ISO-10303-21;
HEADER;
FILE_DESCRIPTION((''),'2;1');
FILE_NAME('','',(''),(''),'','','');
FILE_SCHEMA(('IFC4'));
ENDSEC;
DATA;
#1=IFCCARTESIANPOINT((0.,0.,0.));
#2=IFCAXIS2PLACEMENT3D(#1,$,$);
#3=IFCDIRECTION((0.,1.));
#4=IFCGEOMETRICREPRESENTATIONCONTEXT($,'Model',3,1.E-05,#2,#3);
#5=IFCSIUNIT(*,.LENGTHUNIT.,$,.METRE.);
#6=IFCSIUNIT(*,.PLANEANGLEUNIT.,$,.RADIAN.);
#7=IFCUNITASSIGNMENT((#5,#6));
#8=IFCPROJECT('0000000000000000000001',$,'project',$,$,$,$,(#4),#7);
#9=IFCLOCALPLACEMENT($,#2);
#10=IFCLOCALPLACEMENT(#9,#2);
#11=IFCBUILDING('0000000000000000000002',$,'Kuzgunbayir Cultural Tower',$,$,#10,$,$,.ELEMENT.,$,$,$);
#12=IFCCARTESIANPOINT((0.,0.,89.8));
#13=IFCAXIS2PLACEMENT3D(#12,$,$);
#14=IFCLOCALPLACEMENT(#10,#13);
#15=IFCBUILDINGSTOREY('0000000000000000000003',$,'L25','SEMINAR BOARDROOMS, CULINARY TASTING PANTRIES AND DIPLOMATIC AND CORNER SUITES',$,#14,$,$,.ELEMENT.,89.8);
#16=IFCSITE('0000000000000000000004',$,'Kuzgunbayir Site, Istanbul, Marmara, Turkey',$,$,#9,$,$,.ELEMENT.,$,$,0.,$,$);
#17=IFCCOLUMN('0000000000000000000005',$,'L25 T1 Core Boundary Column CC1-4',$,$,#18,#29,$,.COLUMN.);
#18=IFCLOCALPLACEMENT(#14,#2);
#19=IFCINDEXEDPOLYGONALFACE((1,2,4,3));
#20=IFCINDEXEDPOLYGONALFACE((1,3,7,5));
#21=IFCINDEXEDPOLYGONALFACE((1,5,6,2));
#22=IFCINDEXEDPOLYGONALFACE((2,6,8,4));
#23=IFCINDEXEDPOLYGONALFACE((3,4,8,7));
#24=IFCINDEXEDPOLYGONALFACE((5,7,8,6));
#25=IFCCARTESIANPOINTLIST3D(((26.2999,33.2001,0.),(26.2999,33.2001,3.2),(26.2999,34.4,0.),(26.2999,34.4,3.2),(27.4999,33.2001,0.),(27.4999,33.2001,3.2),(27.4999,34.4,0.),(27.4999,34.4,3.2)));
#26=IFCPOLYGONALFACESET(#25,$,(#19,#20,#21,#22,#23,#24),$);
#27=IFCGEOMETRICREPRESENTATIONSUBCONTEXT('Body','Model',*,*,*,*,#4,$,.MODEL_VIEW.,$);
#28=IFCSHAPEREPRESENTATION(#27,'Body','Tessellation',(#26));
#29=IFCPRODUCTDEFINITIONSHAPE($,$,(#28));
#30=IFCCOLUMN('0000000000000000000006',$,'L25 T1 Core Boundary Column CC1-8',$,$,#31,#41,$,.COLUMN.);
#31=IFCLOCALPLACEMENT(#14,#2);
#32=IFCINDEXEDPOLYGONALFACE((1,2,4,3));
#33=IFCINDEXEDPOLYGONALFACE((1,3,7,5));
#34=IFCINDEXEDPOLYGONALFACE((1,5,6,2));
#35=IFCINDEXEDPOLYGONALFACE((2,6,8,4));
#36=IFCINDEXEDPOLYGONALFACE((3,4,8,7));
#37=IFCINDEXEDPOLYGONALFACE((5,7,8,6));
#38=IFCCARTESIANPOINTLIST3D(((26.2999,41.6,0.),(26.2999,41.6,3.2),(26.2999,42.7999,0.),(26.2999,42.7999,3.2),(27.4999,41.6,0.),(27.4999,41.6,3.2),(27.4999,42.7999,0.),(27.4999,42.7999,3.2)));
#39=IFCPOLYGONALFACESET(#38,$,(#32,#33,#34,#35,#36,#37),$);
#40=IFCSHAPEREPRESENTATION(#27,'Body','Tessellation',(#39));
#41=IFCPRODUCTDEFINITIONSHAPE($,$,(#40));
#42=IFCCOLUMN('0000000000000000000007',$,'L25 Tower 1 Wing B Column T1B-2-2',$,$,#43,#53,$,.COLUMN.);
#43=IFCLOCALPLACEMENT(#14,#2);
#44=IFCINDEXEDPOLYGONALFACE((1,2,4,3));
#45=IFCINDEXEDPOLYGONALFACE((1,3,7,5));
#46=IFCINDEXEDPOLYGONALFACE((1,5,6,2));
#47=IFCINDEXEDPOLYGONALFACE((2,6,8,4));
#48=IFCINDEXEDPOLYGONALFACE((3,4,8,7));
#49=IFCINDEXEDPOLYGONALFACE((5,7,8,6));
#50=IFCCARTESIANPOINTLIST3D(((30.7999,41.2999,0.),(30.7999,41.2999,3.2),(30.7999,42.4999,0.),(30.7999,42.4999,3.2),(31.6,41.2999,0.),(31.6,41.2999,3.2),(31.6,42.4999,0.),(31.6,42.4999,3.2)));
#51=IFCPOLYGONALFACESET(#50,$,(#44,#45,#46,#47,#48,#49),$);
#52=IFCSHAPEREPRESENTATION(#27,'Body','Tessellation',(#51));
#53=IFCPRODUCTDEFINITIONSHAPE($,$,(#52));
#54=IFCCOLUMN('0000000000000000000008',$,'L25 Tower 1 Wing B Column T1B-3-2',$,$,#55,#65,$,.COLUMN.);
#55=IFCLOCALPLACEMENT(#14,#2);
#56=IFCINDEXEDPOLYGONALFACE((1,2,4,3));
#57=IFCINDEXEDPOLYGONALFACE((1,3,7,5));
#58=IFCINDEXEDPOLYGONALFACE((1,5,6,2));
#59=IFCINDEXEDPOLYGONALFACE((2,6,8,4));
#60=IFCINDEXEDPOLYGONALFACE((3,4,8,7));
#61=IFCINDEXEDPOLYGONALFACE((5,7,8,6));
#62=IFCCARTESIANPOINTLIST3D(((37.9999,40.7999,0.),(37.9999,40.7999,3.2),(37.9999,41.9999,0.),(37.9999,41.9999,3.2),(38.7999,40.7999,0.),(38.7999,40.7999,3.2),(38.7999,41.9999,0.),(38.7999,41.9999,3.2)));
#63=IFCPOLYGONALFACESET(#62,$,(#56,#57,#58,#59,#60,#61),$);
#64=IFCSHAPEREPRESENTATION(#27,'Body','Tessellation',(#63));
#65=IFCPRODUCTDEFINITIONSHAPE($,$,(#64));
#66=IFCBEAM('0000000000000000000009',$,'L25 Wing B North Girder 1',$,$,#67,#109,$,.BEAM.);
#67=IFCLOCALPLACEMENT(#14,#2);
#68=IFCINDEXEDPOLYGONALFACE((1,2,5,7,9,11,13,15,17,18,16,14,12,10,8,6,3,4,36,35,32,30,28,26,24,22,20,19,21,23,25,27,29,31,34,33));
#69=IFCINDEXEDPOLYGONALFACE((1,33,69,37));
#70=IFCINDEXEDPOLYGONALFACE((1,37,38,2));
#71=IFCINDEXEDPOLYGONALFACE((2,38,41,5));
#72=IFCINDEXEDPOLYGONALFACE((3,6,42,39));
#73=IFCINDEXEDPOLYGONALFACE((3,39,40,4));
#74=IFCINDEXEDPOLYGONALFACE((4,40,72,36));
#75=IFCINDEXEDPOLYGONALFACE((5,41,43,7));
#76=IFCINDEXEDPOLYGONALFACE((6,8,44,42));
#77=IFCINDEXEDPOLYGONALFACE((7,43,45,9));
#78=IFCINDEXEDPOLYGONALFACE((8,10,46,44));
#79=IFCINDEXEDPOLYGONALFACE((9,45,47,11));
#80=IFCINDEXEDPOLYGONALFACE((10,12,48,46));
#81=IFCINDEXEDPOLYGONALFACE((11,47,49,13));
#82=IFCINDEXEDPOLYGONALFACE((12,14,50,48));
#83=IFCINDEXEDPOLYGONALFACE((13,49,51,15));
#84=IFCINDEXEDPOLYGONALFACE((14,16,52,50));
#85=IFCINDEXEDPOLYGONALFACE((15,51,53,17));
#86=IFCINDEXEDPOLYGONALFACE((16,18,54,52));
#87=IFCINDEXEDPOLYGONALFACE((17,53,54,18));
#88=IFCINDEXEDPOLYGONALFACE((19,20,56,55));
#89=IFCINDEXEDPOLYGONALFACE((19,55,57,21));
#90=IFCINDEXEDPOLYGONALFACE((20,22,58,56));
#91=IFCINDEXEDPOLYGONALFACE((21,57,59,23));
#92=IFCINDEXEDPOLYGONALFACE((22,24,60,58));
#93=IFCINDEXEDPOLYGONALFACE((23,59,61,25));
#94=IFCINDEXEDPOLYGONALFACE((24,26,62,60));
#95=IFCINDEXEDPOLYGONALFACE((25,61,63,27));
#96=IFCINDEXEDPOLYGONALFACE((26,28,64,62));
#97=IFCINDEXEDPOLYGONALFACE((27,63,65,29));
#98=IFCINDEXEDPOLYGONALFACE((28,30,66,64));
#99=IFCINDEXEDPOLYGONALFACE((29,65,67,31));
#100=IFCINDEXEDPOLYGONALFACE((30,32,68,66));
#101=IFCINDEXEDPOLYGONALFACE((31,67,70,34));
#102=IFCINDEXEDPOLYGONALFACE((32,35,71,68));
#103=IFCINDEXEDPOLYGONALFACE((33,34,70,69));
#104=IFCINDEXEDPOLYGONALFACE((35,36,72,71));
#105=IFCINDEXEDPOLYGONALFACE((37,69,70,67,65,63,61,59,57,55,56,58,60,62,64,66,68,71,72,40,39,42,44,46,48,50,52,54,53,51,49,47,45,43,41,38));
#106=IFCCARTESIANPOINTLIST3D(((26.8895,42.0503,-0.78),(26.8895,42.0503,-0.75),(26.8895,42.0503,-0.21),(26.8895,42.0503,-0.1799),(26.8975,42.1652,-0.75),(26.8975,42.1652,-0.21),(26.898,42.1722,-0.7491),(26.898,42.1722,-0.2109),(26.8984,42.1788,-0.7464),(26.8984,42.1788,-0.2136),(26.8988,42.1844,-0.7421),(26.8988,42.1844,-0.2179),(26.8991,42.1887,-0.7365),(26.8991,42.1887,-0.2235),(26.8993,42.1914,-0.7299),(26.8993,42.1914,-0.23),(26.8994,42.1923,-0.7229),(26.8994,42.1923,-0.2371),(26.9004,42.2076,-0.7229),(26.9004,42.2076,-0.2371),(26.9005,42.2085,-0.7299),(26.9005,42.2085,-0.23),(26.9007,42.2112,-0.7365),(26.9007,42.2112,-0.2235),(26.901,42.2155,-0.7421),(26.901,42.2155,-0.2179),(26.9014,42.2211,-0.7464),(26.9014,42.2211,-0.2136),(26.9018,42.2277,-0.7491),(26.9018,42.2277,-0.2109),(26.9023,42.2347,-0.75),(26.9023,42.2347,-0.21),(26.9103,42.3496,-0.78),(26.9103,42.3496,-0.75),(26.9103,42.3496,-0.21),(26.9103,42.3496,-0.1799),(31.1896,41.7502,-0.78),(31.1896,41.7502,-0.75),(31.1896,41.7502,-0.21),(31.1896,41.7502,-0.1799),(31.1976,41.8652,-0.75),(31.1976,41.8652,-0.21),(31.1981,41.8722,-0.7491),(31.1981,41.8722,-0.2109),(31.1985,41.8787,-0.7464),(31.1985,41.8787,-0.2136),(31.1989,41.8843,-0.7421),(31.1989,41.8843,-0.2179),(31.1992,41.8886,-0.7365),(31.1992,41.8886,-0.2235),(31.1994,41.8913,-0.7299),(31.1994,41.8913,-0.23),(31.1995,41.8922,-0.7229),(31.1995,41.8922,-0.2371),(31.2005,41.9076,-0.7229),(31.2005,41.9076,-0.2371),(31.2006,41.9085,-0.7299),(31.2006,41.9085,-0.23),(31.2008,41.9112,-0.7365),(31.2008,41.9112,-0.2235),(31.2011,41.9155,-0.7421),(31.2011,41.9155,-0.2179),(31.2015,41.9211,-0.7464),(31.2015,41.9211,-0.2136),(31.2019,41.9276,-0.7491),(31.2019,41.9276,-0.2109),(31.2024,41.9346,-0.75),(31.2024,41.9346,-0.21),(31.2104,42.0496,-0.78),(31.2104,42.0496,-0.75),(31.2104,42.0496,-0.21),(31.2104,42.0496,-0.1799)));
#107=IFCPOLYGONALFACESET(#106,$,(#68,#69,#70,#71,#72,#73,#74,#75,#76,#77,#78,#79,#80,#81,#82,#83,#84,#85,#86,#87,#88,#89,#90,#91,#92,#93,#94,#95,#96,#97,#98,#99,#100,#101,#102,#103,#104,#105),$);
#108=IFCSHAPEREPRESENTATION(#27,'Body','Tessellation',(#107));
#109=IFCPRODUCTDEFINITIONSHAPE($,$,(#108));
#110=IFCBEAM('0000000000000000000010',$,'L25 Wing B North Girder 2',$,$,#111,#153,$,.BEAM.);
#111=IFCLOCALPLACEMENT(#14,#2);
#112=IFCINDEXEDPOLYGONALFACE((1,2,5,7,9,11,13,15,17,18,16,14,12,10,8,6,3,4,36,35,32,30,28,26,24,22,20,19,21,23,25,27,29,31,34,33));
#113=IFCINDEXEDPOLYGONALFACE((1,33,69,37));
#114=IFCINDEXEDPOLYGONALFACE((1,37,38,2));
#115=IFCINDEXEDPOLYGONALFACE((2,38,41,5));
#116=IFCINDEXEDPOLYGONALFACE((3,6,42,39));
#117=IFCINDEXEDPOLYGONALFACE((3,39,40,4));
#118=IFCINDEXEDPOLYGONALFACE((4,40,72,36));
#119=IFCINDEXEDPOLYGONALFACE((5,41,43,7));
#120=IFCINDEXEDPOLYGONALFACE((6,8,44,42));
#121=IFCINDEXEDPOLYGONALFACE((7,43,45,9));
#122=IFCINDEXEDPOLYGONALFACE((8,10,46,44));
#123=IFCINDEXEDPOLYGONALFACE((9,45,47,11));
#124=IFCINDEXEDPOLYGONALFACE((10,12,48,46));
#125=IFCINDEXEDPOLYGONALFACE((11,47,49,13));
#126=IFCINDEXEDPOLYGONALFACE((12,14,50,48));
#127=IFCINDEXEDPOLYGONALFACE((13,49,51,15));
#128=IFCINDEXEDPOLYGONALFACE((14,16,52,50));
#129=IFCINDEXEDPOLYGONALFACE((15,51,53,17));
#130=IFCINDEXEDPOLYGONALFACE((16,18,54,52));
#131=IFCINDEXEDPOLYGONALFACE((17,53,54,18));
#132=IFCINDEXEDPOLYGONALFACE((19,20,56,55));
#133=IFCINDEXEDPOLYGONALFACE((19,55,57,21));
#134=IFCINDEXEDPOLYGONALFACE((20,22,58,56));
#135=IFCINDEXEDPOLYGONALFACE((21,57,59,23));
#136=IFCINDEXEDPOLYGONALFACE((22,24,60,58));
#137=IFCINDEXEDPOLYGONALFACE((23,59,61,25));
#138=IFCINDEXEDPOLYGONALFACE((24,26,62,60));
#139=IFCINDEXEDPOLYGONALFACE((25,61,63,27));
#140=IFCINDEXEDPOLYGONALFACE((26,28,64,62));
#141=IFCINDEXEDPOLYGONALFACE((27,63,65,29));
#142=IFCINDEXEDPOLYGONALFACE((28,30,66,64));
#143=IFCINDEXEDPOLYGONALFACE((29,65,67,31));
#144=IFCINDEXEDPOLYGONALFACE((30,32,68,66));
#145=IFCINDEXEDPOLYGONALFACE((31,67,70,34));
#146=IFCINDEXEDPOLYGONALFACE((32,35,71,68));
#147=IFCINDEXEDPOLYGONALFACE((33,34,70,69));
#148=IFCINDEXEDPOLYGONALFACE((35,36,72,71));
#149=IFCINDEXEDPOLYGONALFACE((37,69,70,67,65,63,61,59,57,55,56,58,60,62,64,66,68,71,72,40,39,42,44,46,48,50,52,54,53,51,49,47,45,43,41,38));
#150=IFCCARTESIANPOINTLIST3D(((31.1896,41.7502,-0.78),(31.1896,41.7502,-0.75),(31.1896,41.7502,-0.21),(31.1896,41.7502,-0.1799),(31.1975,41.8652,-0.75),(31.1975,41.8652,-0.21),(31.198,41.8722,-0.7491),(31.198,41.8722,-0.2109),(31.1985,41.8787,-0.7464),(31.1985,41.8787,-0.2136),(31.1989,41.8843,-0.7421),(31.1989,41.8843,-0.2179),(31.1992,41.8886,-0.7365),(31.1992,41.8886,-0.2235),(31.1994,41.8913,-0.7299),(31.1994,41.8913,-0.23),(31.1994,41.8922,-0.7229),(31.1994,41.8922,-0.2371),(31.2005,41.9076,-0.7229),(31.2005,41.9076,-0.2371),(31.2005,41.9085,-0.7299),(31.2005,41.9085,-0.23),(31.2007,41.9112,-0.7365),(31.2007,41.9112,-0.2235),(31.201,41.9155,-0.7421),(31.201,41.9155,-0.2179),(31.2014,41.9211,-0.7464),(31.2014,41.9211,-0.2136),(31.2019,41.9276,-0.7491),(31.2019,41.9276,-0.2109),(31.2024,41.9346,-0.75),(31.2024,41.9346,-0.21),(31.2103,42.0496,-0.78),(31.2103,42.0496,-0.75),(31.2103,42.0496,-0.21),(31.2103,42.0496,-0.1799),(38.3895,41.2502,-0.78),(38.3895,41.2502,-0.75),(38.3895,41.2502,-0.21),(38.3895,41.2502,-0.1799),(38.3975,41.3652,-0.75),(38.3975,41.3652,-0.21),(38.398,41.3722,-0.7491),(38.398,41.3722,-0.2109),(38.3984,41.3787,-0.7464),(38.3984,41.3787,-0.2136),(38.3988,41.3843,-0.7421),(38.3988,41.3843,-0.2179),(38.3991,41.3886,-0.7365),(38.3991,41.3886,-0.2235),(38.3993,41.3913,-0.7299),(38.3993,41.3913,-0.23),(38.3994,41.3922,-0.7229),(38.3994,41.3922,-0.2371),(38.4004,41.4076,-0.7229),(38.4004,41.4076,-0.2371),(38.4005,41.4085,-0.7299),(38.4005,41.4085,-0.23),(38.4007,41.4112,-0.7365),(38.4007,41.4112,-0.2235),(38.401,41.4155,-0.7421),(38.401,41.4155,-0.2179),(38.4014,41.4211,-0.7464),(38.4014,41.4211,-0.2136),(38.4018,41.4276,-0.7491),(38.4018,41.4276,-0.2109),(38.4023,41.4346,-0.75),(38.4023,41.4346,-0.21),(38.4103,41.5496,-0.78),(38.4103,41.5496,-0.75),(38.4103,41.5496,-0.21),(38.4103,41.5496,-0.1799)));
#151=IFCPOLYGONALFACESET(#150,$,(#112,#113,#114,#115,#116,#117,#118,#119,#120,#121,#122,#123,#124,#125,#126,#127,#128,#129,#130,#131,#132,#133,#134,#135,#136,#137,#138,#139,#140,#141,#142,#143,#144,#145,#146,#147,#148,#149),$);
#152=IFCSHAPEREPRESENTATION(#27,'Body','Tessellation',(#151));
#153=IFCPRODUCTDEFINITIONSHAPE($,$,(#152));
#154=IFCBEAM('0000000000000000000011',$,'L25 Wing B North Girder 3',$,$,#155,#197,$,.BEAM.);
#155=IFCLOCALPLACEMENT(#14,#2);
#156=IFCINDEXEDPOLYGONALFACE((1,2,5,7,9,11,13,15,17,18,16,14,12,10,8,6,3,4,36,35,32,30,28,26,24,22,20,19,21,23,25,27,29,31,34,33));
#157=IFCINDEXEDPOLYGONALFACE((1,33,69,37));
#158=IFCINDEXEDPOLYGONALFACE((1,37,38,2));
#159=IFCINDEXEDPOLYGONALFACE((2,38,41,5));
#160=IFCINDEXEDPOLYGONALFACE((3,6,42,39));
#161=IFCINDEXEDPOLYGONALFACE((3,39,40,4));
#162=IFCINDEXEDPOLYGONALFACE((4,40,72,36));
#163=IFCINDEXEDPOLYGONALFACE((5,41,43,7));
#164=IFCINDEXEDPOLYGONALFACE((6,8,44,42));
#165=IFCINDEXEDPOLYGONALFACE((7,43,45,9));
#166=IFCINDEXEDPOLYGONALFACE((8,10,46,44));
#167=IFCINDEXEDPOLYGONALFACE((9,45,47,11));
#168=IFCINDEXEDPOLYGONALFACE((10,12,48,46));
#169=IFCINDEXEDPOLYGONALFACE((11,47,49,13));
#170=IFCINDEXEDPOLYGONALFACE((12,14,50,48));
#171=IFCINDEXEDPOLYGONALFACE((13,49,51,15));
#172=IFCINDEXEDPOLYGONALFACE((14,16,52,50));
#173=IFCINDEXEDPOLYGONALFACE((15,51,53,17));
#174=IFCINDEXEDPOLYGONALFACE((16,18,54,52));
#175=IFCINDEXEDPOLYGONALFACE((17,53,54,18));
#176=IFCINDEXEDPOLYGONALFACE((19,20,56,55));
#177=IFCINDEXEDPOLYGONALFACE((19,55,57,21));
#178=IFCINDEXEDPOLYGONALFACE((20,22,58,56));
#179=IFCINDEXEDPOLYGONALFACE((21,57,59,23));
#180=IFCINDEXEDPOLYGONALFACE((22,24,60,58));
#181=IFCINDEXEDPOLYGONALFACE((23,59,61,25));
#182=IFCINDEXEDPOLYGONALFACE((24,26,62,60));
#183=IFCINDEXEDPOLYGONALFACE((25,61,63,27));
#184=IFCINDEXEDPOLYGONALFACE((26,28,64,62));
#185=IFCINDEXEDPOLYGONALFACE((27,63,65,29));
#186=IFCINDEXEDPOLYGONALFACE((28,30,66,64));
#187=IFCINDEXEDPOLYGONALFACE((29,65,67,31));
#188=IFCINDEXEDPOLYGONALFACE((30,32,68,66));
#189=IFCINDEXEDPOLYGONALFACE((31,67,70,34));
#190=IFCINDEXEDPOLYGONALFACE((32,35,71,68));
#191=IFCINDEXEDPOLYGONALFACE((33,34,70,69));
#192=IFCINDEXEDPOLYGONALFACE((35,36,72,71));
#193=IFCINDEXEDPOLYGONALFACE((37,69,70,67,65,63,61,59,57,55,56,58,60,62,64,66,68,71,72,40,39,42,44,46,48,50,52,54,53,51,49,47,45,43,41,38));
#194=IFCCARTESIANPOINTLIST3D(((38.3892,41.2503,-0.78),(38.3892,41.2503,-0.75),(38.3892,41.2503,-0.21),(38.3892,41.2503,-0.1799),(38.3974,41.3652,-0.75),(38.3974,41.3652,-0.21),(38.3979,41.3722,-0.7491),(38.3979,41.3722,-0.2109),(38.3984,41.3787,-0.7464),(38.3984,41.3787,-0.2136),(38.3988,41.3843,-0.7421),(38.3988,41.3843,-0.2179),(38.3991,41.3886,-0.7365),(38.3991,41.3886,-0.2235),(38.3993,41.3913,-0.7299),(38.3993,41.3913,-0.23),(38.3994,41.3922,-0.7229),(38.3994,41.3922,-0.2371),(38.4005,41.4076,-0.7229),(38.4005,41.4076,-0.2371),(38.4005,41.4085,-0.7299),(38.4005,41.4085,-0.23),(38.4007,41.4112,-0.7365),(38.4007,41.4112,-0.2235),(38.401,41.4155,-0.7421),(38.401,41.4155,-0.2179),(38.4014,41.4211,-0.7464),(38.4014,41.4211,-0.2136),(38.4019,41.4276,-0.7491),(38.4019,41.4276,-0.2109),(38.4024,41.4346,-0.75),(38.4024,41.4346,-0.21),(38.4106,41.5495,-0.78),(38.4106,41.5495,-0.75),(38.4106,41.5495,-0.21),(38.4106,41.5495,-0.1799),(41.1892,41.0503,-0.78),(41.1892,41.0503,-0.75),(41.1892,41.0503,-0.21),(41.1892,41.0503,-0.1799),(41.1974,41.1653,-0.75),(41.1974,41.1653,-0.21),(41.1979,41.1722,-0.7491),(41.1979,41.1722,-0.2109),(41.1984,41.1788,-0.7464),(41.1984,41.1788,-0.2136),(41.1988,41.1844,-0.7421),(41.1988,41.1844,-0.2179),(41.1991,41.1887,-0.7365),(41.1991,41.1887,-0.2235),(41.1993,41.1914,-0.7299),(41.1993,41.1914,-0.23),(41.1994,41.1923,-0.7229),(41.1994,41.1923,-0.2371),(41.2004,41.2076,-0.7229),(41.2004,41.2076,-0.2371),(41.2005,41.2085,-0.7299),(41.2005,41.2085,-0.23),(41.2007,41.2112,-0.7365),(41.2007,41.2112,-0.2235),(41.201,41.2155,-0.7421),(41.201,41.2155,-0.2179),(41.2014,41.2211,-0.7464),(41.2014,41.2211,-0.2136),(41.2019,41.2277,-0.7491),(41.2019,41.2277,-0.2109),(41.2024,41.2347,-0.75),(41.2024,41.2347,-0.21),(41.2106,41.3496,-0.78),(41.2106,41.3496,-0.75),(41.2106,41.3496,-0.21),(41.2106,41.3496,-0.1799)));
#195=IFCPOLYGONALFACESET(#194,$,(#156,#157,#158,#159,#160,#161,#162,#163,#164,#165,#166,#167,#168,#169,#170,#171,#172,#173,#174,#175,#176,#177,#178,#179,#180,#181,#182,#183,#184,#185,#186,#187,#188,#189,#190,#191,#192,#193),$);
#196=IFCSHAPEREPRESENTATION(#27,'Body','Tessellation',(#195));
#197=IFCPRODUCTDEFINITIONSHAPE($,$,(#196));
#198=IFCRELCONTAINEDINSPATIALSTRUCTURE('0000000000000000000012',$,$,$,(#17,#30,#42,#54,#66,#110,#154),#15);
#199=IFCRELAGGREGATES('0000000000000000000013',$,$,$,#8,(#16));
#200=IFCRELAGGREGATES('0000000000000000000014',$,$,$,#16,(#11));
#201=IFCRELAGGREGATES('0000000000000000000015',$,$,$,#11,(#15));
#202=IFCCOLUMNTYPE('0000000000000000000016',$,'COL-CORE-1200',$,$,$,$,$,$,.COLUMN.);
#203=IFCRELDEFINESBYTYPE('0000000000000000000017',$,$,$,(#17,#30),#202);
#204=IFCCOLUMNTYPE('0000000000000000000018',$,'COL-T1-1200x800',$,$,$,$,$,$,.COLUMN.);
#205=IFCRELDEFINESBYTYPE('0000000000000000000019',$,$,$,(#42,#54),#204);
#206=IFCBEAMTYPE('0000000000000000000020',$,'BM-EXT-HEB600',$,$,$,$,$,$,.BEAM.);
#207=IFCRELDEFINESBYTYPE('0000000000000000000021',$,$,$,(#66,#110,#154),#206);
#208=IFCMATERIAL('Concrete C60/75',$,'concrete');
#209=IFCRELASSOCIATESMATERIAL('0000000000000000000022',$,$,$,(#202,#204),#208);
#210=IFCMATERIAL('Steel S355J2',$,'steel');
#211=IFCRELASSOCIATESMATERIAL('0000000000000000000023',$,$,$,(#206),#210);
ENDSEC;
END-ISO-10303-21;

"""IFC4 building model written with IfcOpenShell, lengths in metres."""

from ifc_helpers import new_model, si_unit, direction, frame, origin, origin_2d, place, context, subcontext, project, spatial, rectangle, i_section, extrude, material, material_profile, profile_set, type_object, element, save


model = new_model("IFC4")

# Units and contexts
model_context = context("Model", 3, precision=1e-05, world=origin(), true_north=direction((0.0, 1.0)))
body_context = subcontext(model_context, "Body", "Model", "MODEL_VIEW")
ifc_project = project(units=[si_unit("LENGTHUNIT", "METRE"), si_unit("PLANEANGLEUNIT", "RADIAN")], contexts=[model_context])

# Site, building, storey
site_placement = place(None, origin())
site = spatial("IfcSite", under=ifc_project, at=site_placement, Name="Kuzgunbayir Site, Istanbul, Marmara, Turkey", CompositionType="ELEMENT", RefElevation=0.0)
building_placement = place(site_placement, origin())
building = spatial("IfcBuilding", under=site, at=building_placement, Name="Kuzgunbayir Cultural Tower", CompositionType="ELEMENT")
storey_placement = place(building_placement, frame((0.0, 0.0, 89.8)))
storey = spatial("IfcBuildingStorey", under=building, at=storey_placement, Name="L25", Description="SEMINAR BOARDROOMS, CULINARY TASTING PANTRIES AND DIPLOMATIC AND CORNER SUITES", CompositionType="ELEMENT", Elevation=89.8)

# Columns
ifc_material_1 = material(Name="Concrete C60/75", Category="concrete")
ifc_material_profile_1 = material_profile(ifc_material_1, rectangle(XDim=1.2, YDim=1.2, at=origin_2d()), Name="RC 1200x1200")
ifc_profile_set_1 = profile_set([ifc_material_profile_1], Name="Concrete C60/75")
column_type_1 = type_object("IfcColumnType", Name="COL-CORE-1200", PredefinedType="COLUMN", material=ifc_profile_set_1)
for number, where, z_axis, x_axis, name in (
    (1, (26.8999, 33.8, 0.0), (0.0, 0.0, 1.0), (1.0, 0.0, 0.0), "L25 T1 Core Boundary Column CC1-4"),
    (2, (26.8999, 42.2, 0.0), (0.0, 0.0, 1.0), (1.0, 0.0, 0.0), "L25 T1 Core Boundary Column CC1-8"),
):
    element("IfcColumn", number, at=place(storey_placement, frame(where, z_axis=z_axis, x_axis=x_axis)), inside=storey, type_object=column_type_1, Name=name, PredefinedType="COLUMN", context=body_context, shape_type="SweptSolid", body=[
        extrude(rectangle(XDim=1.2, YDim=1.2, at=origin_2d()), origin(), (0.0, 0.0, 1.0), 3.2),
    ])
ifc_material_profile_2 = material_profile(ifc_material_1, rectangle(XDim=0.8, YDim=1.2, at=origin_2d()), Name="RC 1200x800")
ifc_profile_set_2 = profile_set([ifc_material_profile_2], Name="Concrete C60/75")
column_type_2 = type_object("IfcColumnType", Name="COL-T1-1200x800", PredefinedType="COLUMN", material=ifc_profile_set_2)
for number, where, z_axis, x_axis, name in (
    (3, (31.2, 41.8999, 0.0), (0.0, 0.0, 1.0), (1.0, 0.0, 0.0), "L25 Tower 1 Wing B Column T1B-2-2"),
    (4, (38.3999, 41.3999, 0.0), (0.0, 0.0, 1.0), (1.0, 0.0, 0.0), "L25 Tower 1 Wing B Column T1B-3-2"),
):
    element("IfcColumn", number, at=place(storey_placement, frame(where, z_axis=z_axis, x_axis=x_axis)), inside=storey, type_object=column_type_2, Name=name, PredefinedType="COLUMN", context=body_context, shape_type="SweptSolid", body=[
        extrude(rectangle(XDim=0.8, YDim=1.2, at=origin_2d()), origin(), (0.0, 0.0, 1.0), 3.2),
    ])

# Beams
ifc_material_2 = material(Name="Steel S355J2", Category="steel")
ifc_material_profile_3 = material_profile(ifc_material_2, i_section(OverallWidth=0.3, OverallDepth=0.6001, WebThickness=0.0154, FlangeThickness=0.03, FilletRadius=0.0271, at=origin_2d()), Name="HEB 600")
ifc_profile_set_3 = profile_set([ifc_material_profile_3], Name="Steel S355J2")
beam_type_1 = type_object("IfcBeamType", Name="BM-EXT-HEB600", PredefinedType="BEAM", material=ifc_profile_set_3)
beam_1_placement = place(storey_placement, frame((26.8999, 42.2, -0.48), z_axis=(0.997574, -0.069609, 0.0), x_axis=(0.069609, 0.997574, 0.0)))
element("IfcBeam", 5, at=beam_1_placement, inside=storey, type_object=beam_type_1, Name="L25 Wing B North Girder 1", PredefinedType="BEAM", context=body_context, shape_type="SweptSolid", body=[
    extrude(i_section(OverallWidth=0.3, OverallDepth=0.6001, WebThickness=0.0154, FlangeThickness=0.03, FilletRadius=0.0271, at=origin_2d()), origin(), (0.0, 0.0, 1.0), 4.3105),
])
beam_2_placement = place(storey_placement, frame((31.2, 41.8999, -0.48), z_axis=(0.997597, -0.069278, 0.0), x_axis=(0.069278, 0.997597, 0.0)))
element("IfcBeam", 6, at=beam_2_placement, inside=storey, type_object=beam_type_1, Name="L25 Wing B North Girder 2", PredefinedType="BEAM", context=body_context, shape_type="SweptSolid", body=[
    extrude(i_section(OverallWidth=0.3, OverallDepth=0.6001, WebThickness=0.0154, FlangeThickness=0.03, FilletRadius=0.0271, at=origin_2d()), origin(), (0.0, 0.0, 1.0), 7.2173),
])
beam_3_placement = place(storey_placement, frame((38.3999, 41.3999, -0.48), z_axis=(0.99746, -0.071229, 0.0), x_axis=(0.071229, 0.99746, 0.0)))
element("IfcBeam", 7, at=beam_3_placement, inside=storey, type_object=beam_type_1, Name="L25 Wing B North Girder 3", PredefinedType="BEAM", context=body_context, shape_type="SweptSolid", body=[
    extrude(i_section(OverallWidth=0.3, OverallDepth=0.6001, WebThickness=0.0154, FlangeThickness=0.03, FilletRadius=0.0271, at=origin_2d()), origin(), (0.0, 0.0, 1.0), 2.8071),
])

save(model, "model.ifc")
